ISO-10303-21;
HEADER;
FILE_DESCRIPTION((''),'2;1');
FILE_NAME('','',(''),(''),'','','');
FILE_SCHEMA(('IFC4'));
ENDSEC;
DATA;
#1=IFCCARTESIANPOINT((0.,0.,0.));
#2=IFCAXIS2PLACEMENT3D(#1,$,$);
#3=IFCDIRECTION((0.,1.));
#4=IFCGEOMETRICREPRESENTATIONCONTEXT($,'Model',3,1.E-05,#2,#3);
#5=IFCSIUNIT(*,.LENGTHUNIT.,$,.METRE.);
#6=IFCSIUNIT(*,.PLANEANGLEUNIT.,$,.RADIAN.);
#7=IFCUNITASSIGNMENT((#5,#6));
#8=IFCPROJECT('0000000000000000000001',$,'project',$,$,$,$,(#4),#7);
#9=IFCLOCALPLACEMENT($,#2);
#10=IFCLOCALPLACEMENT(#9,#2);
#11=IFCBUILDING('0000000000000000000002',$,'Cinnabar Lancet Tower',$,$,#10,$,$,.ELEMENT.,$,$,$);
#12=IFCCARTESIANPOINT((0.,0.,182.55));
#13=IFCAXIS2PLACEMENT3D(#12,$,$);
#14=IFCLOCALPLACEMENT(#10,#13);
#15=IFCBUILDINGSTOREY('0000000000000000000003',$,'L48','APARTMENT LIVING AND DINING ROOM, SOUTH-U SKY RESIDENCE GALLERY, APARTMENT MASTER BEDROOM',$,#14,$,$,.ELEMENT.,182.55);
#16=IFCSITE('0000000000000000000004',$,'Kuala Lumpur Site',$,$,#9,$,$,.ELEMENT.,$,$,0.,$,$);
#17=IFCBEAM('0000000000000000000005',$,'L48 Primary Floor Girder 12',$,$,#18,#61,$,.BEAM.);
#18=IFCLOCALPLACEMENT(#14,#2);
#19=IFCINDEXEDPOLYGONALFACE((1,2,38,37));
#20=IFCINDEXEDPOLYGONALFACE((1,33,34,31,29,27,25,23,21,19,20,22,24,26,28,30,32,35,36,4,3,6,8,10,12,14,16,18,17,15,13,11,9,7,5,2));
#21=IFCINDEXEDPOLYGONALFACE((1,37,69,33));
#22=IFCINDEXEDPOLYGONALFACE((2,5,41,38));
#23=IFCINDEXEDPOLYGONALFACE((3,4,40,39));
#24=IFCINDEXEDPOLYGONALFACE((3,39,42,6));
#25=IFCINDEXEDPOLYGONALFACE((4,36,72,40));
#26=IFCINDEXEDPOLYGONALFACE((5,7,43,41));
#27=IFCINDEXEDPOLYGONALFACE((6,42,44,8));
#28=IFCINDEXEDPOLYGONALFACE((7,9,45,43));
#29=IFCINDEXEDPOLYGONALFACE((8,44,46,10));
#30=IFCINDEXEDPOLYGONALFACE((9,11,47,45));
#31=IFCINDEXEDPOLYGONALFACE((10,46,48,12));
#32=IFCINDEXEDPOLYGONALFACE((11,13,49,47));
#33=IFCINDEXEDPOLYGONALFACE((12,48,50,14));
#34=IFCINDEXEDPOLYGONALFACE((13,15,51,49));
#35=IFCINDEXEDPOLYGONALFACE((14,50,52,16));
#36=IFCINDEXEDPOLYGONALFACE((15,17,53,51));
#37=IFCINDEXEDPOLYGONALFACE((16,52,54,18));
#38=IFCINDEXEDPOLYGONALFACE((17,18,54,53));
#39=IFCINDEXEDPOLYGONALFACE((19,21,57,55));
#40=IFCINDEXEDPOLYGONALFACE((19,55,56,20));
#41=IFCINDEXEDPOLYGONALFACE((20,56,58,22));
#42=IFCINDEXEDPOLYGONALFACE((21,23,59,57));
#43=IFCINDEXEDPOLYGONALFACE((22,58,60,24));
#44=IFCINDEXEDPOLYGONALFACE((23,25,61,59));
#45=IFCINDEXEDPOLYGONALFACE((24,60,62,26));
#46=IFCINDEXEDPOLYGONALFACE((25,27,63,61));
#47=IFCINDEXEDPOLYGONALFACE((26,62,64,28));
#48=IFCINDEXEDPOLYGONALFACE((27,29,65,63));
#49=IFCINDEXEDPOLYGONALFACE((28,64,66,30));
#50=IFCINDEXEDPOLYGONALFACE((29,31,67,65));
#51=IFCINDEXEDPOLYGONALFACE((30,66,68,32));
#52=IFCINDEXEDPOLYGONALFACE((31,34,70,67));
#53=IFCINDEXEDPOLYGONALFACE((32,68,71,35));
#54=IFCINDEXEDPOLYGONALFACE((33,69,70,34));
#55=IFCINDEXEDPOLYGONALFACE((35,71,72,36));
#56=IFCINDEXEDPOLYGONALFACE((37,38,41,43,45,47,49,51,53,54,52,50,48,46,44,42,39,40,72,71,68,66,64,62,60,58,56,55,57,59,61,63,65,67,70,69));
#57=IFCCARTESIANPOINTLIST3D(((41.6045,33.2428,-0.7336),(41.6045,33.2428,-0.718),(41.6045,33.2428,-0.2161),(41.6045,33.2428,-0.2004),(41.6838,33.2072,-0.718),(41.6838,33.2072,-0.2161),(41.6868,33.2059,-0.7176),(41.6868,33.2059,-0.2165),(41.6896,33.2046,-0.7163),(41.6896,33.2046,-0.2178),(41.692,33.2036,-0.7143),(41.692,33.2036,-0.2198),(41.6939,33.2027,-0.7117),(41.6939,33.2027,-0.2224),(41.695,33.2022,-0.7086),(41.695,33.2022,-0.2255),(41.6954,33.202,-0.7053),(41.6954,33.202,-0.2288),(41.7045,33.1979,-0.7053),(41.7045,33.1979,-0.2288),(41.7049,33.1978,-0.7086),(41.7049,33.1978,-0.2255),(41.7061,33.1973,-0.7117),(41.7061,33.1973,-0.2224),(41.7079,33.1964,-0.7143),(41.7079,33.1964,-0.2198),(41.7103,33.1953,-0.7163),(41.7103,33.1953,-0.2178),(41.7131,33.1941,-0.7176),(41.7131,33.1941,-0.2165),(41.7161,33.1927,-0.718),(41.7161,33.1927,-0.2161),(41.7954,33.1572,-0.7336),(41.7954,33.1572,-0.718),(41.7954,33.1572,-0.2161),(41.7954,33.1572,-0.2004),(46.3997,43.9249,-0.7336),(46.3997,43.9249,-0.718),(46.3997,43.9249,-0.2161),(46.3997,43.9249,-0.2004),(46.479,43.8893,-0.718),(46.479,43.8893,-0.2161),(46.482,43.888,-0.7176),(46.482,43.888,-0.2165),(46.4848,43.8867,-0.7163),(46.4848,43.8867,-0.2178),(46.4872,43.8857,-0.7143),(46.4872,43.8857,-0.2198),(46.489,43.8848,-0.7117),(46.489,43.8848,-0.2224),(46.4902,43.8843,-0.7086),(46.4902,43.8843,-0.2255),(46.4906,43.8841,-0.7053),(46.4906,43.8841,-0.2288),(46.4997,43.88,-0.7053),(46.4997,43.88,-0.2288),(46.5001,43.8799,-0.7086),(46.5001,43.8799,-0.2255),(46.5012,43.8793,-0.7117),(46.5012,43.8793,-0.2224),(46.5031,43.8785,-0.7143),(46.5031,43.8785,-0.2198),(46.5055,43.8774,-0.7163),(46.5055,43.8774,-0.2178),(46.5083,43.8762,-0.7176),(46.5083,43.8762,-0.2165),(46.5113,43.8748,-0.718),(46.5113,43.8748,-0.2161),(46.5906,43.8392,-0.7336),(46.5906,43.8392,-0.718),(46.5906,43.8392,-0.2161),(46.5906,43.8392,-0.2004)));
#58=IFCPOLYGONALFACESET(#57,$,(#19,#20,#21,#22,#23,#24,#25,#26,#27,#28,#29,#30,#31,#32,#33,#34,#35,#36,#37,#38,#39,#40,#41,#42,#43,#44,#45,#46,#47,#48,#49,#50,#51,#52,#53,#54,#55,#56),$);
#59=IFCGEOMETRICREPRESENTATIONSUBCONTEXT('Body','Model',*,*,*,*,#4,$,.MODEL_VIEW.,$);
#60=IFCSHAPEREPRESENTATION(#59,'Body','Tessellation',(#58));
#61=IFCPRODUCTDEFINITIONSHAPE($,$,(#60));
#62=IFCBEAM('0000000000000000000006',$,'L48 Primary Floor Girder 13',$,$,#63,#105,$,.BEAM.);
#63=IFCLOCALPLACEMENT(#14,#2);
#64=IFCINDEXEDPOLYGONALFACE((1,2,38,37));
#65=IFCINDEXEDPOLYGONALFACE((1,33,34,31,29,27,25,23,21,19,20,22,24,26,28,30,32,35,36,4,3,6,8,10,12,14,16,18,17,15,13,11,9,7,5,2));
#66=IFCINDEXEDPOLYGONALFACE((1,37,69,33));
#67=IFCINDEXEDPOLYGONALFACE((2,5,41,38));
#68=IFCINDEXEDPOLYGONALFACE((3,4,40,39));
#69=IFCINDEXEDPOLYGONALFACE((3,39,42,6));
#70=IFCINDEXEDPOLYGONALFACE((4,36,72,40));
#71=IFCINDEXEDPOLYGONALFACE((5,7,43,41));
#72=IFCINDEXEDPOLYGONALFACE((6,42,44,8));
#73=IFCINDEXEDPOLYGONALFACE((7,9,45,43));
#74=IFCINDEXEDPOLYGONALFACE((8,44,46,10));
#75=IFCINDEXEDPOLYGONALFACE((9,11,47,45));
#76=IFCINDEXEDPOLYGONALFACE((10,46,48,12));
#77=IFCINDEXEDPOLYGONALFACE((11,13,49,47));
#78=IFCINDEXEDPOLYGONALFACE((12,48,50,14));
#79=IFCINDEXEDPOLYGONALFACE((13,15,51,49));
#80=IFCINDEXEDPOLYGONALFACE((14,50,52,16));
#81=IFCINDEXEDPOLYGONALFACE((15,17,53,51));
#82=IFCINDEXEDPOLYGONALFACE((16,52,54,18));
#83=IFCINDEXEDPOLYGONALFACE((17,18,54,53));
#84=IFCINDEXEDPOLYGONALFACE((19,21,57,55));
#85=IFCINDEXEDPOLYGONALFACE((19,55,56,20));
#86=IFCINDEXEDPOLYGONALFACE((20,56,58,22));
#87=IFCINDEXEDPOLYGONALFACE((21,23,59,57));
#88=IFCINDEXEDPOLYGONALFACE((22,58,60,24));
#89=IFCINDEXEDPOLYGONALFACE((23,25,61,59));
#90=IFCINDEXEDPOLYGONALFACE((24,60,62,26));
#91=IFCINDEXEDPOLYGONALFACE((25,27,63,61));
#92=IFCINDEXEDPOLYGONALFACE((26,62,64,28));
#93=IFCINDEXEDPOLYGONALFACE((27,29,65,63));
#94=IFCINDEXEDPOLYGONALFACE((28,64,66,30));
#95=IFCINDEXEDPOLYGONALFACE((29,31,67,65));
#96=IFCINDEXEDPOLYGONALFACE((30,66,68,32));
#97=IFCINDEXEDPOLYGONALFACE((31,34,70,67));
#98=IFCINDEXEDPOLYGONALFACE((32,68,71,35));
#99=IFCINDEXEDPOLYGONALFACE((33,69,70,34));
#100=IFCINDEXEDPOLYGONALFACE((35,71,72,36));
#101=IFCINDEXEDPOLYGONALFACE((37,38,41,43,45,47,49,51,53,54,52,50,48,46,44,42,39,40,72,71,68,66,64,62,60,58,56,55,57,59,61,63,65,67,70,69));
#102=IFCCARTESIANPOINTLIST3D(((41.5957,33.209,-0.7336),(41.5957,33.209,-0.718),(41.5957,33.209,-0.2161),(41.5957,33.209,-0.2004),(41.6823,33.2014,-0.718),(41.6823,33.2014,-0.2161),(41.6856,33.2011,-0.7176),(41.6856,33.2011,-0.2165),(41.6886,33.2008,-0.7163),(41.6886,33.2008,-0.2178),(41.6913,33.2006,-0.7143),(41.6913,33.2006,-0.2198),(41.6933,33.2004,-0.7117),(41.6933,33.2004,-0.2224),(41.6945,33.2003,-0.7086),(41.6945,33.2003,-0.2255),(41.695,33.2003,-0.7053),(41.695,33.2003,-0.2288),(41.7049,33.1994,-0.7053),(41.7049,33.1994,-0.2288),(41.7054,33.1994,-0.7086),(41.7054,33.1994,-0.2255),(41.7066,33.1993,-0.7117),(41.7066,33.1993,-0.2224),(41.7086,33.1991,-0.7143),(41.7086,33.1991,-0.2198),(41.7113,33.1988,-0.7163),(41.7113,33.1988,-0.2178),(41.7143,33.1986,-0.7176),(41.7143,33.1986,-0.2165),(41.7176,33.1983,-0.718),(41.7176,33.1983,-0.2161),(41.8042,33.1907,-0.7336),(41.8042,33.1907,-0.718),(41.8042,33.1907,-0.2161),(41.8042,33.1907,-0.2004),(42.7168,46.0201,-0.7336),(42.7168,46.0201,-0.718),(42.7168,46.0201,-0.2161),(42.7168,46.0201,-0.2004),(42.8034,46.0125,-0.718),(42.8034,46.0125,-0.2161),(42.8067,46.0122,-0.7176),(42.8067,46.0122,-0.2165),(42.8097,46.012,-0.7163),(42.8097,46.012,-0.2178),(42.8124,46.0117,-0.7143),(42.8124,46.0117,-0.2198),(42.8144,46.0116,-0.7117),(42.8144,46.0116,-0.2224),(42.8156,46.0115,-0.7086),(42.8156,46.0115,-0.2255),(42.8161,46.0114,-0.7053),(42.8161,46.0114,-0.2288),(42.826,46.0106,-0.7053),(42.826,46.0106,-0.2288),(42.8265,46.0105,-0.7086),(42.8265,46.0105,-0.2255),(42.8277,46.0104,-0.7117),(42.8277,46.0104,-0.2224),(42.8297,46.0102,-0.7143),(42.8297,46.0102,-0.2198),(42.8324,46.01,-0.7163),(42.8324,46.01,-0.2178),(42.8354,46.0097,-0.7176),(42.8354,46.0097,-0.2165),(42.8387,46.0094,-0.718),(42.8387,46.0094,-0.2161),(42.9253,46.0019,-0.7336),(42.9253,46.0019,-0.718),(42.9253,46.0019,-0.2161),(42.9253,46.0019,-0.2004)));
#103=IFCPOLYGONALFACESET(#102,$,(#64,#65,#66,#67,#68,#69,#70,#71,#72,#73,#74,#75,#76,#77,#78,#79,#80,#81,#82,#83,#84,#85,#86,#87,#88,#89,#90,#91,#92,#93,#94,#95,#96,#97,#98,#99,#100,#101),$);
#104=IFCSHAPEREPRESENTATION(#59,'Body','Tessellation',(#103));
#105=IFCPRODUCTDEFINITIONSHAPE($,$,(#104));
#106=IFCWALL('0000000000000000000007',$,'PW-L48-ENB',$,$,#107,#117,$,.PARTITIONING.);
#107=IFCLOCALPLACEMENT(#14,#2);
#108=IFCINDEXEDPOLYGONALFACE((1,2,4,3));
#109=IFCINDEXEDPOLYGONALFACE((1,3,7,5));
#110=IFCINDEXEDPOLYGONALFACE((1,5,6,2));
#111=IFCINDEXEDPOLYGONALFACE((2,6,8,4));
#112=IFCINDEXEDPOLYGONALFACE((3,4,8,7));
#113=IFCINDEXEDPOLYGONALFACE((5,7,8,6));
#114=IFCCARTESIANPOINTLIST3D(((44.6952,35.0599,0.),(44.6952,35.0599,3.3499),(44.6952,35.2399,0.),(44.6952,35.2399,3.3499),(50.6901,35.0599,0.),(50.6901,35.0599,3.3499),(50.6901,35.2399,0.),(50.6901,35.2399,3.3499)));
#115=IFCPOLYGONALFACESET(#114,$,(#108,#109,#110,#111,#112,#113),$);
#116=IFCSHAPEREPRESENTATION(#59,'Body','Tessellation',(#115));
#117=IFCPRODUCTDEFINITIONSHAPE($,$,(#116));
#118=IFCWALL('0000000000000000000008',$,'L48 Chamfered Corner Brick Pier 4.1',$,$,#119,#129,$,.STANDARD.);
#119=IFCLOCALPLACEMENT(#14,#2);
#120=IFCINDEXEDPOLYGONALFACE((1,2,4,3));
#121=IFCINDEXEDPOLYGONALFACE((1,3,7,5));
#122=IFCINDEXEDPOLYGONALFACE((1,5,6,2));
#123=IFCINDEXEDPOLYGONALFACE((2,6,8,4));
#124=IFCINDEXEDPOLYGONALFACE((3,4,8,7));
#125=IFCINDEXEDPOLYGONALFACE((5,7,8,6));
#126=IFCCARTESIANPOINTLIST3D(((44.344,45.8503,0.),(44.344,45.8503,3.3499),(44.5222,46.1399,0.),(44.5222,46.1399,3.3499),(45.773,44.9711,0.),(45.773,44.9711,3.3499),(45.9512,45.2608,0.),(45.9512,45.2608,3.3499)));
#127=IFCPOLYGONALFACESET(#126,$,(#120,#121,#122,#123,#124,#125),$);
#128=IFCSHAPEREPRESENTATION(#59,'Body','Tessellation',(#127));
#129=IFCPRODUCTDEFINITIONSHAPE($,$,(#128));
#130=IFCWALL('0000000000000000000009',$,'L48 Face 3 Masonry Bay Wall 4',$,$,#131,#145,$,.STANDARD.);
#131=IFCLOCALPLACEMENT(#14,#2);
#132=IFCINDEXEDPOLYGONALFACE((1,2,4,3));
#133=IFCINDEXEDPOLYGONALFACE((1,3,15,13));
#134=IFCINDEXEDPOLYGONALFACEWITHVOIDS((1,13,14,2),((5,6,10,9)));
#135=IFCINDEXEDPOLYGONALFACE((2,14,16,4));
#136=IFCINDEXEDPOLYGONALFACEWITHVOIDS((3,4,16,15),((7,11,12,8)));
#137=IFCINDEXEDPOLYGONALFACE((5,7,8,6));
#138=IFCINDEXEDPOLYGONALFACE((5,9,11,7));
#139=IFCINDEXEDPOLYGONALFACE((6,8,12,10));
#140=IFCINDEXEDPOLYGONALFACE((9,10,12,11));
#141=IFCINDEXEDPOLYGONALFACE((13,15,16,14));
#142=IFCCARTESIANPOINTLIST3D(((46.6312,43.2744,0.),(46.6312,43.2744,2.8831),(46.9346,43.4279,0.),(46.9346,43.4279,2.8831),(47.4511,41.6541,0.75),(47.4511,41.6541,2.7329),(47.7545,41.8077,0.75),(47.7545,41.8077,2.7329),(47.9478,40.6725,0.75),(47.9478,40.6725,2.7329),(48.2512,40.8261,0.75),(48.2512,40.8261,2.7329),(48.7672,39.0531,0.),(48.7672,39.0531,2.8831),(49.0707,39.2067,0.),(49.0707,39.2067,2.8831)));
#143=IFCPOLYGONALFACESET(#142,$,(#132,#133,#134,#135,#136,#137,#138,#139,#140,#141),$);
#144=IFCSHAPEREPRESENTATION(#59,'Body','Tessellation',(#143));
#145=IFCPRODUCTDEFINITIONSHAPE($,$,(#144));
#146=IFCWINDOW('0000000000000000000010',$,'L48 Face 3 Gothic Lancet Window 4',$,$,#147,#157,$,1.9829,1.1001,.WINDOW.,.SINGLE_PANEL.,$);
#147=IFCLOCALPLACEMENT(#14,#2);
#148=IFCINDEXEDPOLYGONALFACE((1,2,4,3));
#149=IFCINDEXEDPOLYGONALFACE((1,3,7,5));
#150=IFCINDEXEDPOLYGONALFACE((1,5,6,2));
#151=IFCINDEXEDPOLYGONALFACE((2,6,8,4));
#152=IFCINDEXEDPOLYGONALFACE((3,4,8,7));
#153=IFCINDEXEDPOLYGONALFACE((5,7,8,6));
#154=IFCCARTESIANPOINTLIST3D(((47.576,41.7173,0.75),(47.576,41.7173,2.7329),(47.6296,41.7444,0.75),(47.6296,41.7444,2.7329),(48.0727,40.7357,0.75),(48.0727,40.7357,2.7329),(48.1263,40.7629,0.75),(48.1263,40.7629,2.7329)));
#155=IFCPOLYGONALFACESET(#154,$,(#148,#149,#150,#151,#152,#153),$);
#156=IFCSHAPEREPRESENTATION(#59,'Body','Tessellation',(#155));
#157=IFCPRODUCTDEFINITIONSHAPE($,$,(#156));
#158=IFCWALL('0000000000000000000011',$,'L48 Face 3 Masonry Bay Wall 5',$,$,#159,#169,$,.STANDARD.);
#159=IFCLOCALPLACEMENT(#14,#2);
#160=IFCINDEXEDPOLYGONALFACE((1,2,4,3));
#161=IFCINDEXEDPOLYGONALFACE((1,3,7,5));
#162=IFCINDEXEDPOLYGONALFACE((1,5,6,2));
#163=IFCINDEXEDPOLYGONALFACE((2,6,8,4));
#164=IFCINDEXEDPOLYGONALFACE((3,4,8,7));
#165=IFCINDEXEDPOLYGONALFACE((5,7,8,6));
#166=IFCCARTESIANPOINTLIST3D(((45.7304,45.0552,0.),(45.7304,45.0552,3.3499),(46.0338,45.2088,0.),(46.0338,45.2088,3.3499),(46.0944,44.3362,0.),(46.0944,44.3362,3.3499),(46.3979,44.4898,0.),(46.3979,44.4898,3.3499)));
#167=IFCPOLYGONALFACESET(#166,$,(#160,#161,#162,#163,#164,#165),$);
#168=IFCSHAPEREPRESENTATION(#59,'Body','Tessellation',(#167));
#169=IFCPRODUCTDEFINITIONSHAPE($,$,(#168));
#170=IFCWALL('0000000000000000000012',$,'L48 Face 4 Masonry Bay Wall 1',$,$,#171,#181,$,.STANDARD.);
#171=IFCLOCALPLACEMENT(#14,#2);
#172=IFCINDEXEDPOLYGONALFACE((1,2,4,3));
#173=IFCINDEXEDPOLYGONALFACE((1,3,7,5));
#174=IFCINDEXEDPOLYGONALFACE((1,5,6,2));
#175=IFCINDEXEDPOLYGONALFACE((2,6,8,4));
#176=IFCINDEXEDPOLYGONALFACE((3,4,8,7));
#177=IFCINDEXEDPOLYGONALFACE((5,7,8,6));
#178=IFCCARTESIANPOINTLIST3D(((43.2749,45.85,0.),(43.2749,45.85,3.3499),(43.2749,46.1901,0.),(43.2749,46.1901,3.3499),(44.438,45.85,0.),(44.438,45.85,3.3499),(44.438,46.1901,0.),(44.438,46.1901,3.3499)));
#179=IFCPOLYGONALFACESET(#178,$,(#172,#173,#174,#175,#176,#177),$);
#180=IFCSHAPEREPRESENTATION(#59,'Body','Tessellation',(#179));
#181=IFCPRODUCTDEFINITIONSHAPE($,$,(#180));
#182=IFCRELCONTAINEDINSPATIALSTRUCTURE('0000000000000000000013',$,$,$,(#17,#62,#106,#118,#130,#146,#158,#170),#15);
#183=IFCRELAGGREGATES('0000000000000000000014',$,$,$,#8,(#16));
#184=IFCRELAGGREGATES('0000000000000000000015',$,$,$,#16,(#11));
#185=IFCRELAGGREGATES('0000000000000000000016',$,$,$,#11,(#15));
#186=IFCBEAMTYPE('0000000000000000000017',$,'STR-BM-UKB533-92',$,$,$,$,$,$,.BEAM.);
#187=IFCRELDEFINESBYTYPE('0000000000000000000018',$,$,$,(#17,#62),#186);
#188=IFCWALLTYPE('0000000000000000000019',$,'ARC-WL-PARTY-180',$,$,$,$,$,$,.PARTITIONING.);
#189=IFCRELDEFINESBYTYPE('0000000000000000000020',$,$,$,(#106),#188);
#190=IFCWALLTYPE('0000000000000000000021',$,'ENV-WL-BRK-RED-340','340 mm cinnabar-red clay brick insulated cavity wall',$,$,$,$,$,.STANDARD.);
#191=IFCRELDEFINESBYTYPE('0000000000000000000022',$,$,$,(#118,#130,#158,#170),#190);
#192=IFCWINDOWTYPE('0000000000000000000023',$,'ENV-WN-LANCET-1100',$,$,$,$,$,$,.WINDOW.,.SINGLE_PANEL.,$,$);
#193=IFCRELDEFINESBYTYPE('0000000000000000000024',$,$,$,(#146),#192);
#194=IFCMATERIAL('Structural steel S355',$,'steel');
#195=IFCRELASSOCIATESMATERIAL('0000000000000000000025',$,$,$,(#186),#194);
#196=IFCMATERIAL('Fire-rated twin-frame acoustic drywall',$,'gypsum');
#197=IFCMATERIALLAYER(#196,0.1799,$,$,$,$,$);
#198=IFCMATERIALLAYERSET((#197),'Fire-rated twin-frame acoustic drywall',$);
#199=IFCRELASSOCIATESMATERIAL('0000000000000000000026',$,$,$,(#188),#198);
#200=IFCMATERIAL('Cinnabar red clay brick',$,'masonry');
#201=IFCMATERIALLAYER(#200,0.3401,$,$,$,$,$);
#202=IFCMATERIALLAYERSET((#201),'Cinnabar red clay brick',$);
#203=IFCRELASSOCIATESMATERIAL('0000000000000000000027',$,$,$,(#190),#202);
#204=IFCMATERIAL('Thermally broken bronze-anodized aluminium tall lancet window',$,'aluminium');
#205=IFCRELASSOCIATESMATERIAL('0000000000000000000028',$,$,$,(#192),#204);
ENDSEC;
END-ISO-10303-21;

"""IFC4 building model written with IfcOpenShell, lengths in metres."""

from ifc_helpers import new_model, si_unit, direction, frame, frame_2d, origin, origin_2d, place, context, subcontext, project, spatial, rectangle, i_section, extrude, material, layer, layer_set, material_profile, profile_set, type_object, element, fill, save


model = new_model("IFC4")

# Units and contexts
model_context = context("Model", 3, precision=1e-05, world=origin(), true_north=direction((0.0, 1.0)))
body_context = subcontext(model_context, "Body", "Model", "MODEL_VIEW")
ifc_project = project(units=[si_unit("LENGTHUNIT", "METRE"), si_unit("PLANEANGLEUNIT", "RADIAN")], contexts=[model_context])

# Site, building, storey
site_placement = place(None, origin())
site = spatial("IfcSite", under=ifc_project, at=site_placement, Name="Kuala Lumpur Site", CompositionType="ELEMENT", RefElevation=0.0)
building_placement = place(site_placement, origin())
building = spatial("IfcBuilding", under=site, at=building_placement, Name="Cinnabar Lancet Tower", CompositionType="ELEMENT")
storey_placement = place(building_placement, frame((0.0, 0.0, 182.55)))
storey = spatial("IfcBuildingStorey", under=building, at=storey_placement, Name="L48", Description="APARTMENT LIVING AND DINING ROOM, SOUTH-U SKY RESIDENCE GALLERY, APARTMENT MASTER BEDROOM", CompositionType="ELEMENT", Elevation=182.55)

# Beams
ifc_material_1 = material(Name="Structural steel S355", Category="steel")
ifc_material_profile_1 = material_profile(ifc_material_1, i_section(OverallWidth=0.2092, OverallDepth=0.5332, WebThickness=0.01, FlangeThickness=0.0156, FilletRadius=0.0127, at=origin_2d()), Name="UKB 533x210x92")
ifc_profile_set_1 = profile_set([ifc_material_profile_1], Name="Structural steel S355")
beam_type_1 = type_object("IfcBeamType", Name="STR-BM-UKB533-92", PredefinedType="BEAM", material=ifc_profile_set_1)
beam_1_placement = place(storey_placement, frame((46.4951, 43.8821, -0.467), z_axis=(-0.409527, -0.912298, 0.0), x_axis=(0.912298, -0.409527, 0.0)))
element("IfcBeam", 1, at=beam_1_placement, inside=storey, type_object=beam_type_1, Name="L48 Primary Floor Girder 12", PredefinedType="BEAM", context=body_context, shape_type="SweptSolid", body=[
    extrude(i_section(OverallWidth=0.2092, OverallDepth=0.5332, WebThickness=0.01, FlangeThickness=0.0156, FilletRadius=0.0127, at=origin_2d()), origin(), (0.0, 0.0, 1.0), 11.709),
])
beam_2_placement = place(storey_placement, frame((42.821, 46.011, -0.467), z_axis=(-0.087177, -0.996193, 0.0), x_axis=(0.996193, -0.087177, 0.0)))
element("IfcBeam", 2, at=beam_2_placement, inside=storey, type_object=beam_type_1, Name="L48 Primary Floor Girder 13", PredefinedType="BEAM", context=body_context, shape_type="SweptSolid", body=[
    extrude(i_section(OverallWidth=0.2092, OverallDepth=0.5332, WebThickness=0.01, FlangeThickness=0.0156, FilletRadius=0.0127, at=origin_2d()), origin(), (0.0, 0.0, 1.0), 12.8601),
])

# Walls
ifc_material_2 = material(Name="Fire-rated twin-frame acoustic drywall", Category="gypsum")
ifc_layer_1 = layer(ifc_material_2, 0.1799)
ifc_layer_set_1 = layer_set([ifc_layer_1], Name="Fire-rated twin-frame acoustic drywall")
wall_type_1 = type_object("IfcWallType", Name="ARC-WL-PARTY-180", PredefinedType="PARTITIONING", material=ifc_layer_set_1)
wall_1_placement = place(storey_placement, frame((44.6951, 35.1499, 0.0), z_axis=(0.0, 0.0, 1.0), x_axis=(1.0, 0.0, 0.0)))
element("IfcWall", 3, at=wall_1_placement, inside=storey, type_object=wall_type_1, Name="PW-L48-ENB", PredefinedType="PARTITIONING", context=body_context, shape_type="SweptSolid", body=[
    extrude(rectangle(XDim=5.9949, YDim=0.1799, at=frame_2d((2.9976, 0.0))), origin(), (0.0, 0.0, 1.0), 3.3499),
])
ifc_material_3 = material(Name="Cinnabar red clay brick", Category="masonry")
ifc_layer_2 = layer(ifc_material_3, 0.3401)
ifc_layer_set_2 = layer_set([ifc_layer_2], Name="Cinnabar red clay brick")
wall_type_2 = type_object("IfcWallType", Name="ENV-WL-BRK-RED-340", Description="340 mm cinnabar-red clay brick insulated cavity wall", PredefinedType="STANDARD", material=ifc_layer_set_2)
wall_2_placement = place(storey_placement, frame((45.8621, 45.116, 0.0), z_axis=(0.0, 0.0, 1.0), x_axis=(-0.851713, 0.524008, 0.0)))
element("IfcWall", 4, at=wall_2_placement, inside=storey, type_object=wall_type_2, Name="L48 Chamfered Corner Brick Pier 4.1", PredefinedType="STANDARD", context=body_context, shape_type="SweptSolid", body=[
    extrude(rectangle(XDim=1.6777, YDim=0.3401, at=frame_2d((0.8389, 0.0))), origin(), (0.0, 0.0, 1.0), 3.3499),
])

# Wall, opening, window
wall_3_placement = place(storey_placement, frame((48.9189, 39.1299, 0.0), z_axis=(0.0, 0.0, 1.0), x_axis=(-0.451502, 0.89227, 0.0)))
wall_3 = element("IfcWall", 5, at=wall_3_placement, inside=storey, type_object=wall_type_2, Name="L48 Face 3 Masonry Bay Wall 4", PredefinedType="STANDARD", context=body_context, shape_type="SweptSolid", body=[
    extrude(rectangle(XDim=4.731, YDim=0.3401, at=frame_2d((2.3655, 0.0))), origin(), (0.0, 0.0, 1.0), 2.8831),
])
opening_placement = place(wall_3_placement, frame((1.8149, 0.0, 0.75)))
opening = element("IfcOpeningElement", 6, at=opening_placement, cuts=wall_3, PredefinedType="OPENING", context=body_context, shape_type="SweptSolid", body=[
    extrude(rectangle(XDim=1.1001, YDim=1.9829, at=frame_2d((0.55, 0.9915))), frame((0.0, 0.1799, 0.0), z_axis=(0.0, -1.0, 0.0), x_axis=(1.0, 0.0, 0.0)), (0.0, 0.0, 1.0), 0.3601),
])
ifc_material_4 = material(Name="Thermally broken bronze-anodized aluminium tall lancet window", Category="aluminium")
window_type = type_object("IfcWindowType", Name="ENV-WN-LANCET-1100", PartitioningType="SINGLE_PANEL", PredefinedType="WINDOW", material=ifc_material_4)
window_placement = place(opening_placement, origin())
window = element("IfcWindow", 7, at=window_placement, inside=storey, type_object=window_type, Name="L48 Face 3 Gothic Lancet Window 4", OverallHeight=1.9829, OverallWidth=1.1001, PartitioningType="SINGLE_PANEL", PredefinedType="WINDOW", context=body_context, shape_type="SweptSolid", body=[
    extrude(rectangle(XDim=1.1001, YDim=1.9829, at=frame_2d((0.55, 0.9915))), frame((0.0, 0.03, 0.0), z_axis=(0.0, -1.0, 0.0), x_axis=(1.0, 0.0, 0.0)), (0.0, 0.0, 1.0), 0.0601),
])
fill(opening, window)

# Walls
wall_4_placement = place(storey_placement, frame((46.2461, 44.4131, 0.0), z_axis=(0.0, 0.0, 1.0), x_axis=(-0.451692, 0.892174, 0.0)))
element("IfcWall", 8, at=wall_4_placement, inside=storey, type_object=wall_type_2, Name="L48 Face 3 Masonry Bay Wall 5", PredefinedType="STANDARD", context=body_context, shape_type="SweptSolid", body=[
    extrude(rectangle(XDim=0.8059, YDim=0.3401, at=frame_2d((0.4028, 0.0))), origin(), (0.0, 0.0, 1.0), 3.3499),
])
wall_5_placement = place(storey_placement, frame((44.438, 46.02, 0.0), z_axis=(0.0, 0.0, 1.0), x_axis=(-1.0, 0.0, 0.0)))
element("IfcWall", 9, at=wall_5_placement, inside=storey, type_object=wall_type_2, Name="L48 Face 4 Masonry Bay Wall 1", PredefinedType="STANDARD", context=body_context, shape_type="SweptSolid", body=[
    extrude(rectangle(XDim=1.1631, YDim=0.3401, at=frame_2d((0.5815, 0.0))), origin(), (0.0, 0.0, 1.0), 3.3499),
])

save(model, "model.ifc")
